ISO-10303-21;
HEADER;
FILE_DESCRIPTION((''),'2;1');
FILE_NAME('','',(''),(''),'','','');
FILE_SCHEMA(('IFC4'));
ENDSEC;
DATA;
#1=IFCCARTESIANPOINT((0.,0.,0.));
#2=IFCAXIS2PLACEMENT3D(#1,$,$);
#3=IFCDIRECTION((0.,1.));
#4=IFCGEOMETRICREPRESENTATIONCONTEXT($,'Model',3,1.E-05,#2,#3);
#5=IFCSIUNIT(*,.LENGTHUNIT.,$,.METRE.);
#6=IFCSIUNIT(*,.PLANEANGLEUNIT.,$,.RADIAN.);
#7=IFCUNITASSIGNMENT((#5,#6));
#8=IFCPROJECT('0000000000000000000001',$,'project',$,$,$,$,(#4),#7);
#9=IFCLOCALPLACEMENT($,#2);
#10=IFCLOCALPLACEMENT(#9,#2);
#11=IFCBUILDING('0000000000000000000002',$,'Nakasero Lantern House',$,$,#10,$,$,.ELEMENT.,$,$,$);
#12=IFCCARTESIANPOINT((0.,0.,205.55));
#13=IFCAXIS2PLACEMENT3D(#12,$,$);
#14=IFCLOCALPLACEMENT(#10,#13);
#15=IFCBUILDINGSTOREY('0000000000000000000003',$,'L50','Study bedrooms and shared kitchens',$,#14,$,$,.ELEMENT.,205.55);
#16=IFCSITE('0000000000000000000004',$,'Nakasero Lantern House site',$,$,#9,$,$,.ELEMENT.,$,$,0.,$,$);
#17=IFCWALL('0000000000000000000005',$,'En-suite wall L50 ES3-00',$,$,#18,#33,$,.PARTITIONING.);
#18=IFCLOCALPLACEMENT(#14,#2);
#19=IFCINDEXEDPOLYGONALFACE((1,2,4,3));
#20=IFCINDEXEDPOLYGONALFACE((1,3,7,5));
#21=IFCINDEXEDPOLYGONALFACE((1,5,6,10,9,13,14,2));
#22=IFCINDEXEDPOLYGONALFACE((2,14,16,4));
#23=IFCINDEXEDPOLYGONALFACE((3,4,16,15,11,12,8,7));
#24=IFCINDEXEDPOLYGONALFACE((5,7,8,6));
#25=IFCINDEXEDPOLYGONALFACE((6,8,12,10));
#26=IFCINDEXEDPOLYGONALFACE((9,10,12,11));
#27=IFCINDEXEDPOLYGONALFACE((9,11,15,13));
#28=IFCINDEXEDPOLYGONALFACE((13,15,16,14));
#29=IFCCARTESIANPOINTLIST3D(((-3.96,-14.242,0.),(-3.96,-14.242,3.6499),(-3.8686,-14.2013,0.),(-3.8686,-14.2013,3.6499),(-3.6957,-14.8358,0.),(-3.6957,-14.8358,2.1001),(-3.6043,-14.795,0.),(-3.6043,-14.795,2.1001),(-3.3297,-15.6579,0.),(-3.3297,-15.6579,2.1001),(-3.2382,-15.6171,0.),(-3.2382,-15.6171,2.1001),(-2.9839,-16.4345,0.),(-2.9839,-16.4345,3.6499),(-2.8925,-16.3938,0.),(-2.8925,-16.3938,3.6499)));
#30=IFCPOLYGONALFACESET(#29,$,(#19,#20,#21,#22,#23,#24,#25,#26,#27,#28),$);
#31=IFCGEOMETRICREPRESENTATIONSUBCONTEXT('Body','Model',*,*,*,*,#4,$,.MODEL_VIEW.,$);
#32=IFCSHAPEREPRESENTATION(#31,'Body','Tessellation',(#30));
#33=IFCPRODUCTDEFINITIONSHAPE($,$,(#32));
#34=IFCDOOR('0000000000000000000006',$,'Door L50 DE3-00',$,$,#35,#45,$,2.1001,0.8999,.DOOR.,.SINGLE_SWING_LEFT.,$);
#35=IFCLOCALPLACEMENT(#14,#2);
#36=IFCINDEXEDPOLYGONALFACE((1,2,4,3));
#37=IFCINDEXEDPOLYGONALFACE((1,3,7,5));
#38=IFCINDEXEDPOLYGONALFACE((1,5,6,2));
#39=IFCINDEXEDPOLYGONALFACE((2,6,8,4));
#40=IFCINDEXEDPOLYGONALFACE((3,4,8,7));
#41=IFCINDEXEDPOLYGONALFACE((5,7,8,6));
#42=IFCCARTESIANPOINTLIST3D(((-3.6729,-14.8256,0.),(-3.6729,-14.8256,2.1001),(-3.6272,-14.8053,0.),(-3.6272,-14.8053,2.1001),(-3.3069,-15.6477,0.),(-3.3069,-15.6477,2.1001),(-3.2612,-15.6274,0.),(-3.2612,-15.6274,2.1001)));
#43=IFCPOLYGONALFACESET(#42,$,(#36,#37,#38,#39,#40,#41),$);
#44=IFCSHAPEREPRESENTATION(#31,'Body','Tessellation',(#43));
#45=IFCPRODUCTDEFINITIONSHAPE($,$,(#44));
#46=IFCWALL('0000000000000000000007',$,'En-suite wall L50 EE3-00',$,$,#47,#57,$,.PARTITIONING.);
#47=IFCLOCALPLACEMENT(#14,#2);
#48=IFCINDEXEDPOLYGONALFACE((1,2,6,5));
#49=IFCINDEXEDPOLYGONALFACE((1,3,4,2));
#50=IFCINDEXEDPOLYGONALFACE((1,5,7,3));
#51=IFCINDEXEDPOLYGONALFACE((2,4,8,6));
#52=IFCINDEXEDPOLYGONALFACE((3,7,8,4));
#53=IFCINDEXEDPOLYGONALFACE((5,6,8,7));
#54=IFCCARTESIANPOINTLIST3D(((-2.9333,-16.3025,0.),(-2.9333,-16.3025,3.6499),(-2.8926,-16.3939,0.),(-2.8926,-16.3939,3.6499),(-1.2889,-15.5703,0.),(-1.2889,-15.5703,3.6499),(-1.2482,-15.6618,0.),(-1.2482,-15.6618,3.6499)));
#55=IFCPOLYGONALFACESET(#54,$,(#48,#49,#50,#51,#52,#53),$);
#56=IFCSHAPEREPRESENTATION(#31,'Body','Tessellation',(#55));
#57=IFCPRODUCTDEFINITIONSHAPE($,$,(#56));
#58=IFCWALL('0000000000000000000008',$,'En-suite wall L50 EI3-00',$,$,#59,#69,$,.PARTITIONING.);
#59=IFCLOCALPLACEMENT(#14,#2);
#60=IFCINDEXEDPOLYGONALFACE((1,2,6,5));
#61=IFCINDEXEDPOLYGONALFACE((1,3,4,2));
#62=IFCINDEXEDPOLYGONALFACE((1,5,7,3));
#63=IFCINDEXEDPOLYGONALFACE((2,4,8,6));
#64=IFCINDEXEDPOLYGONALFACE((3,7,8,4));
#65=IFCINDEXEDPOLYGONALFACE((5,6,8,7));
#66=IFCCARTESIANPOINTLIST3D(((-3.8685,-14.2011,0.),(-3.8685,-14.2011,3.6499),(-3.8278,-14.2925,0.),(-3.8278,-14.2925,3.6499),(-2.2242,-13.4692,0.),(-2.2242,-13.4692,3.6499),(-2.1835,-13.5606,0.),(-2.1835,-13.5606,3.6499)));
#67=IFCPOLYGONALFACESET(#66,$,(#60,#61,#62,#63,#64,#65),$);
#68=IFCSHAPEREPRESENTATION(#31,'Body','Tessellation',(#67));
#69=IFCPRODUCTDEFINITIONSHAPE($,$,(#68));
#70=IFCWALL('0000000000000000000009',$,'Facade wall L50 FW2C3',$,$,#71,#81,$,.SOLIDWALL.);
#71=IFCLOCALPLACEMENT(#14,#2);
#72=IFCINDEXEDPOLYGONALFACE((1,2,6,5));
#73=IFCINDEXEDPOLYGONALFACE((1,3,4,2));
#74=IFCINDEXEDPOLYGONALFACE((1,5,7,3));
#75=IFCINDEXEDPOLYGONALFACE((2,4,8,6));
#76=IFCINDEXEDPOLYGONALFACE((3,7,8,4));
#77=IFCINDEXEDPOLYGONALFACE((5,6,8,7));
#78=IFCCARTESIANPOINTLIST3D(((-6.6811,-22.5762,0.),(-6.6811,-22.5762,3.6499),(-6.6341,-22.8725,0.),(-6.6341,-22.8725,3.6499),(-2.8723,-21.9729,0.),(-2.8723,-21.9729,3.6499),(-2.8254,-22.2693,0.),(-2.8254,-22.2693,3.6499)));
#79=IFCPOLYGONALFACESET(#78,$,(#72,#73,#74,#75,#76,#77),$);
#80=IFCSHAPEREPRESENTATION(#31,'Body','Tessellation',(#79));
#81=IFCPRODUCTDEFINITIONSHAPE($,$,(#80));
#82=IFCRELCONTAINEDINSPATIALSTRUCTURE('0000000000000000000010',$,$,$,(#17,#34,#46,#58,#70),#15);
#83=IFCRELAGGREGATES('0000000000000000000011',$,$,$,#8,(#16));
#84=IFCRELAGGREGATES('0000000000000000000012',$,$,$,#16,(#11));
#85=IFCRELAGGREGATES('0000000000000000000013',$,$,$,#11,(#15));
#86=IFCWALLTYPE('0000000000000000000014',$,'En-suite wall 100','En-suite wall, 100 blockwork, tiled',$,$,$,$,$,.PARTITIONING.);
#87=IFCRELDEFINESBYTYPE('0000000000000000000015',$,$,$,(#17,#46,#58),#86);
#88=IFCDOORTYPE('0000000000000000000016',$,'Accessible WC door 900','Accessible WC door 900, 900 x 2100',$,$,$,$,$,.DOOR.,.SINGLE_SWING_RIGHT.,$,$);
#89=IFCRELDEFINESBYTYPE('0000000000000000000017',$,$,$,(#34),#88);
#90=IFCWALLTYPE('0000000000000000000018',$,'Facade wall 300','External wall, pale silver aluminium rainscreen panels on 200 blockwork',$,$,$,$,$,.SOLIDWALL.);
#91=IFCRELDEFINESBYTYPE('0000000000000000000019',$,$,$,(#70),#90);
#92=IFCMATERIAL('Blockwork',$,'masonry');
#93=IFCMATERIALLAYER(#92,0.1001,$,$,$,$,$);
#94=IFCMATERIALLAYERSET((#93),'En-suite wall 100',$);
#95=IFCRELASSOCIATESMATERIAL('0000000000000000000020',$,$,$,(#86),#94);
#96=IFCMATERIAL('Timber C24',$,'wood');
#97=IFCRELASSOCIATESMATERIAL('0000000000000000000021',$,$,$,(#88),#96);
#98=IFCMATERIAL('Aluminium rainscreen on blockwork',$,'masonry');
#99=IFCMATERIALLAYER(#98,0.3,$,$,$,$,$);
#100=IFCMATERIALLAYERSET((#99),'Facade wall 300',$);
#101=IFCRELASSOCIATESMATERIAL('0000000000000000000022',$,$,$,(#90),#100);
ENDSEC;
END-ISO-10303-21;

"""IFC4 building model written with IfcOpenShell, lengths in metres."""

from ifc_helpers import new_model, si_unit, direction, frame, frame_2d, origin, place, context, subcontext, project, spatial, rectangle, extrude, material, layer, layer_set, type_object, element, fill, save


model = new_model("IFC4")

# Units and contexts
model_context = context("Model", 3, precision=1e-05, world=origin(), true_north=direction((0.0, 1.0)))
body_context = subcontext(model_context, "Body", "Model", "MODEL_VIEW")
ifc_project = project(units=[si_unit("LENGTHUNIT", "METRE"), si_unit("PLANEANGLEUNIT", "RADIAN")], contexts=[model_context])

# Site, building, storey
site_placement = place(None, origin())
site = spatial("IfcSite", under=ifc_project, at=site_placement, Name="Nakasero Lantern House site", CompositionType="ELEMENT", RefElevation=0.0)
building_placement = place(site_placement, origin())
building = spatial("IfcBuilding", under=site, at=building_placement, Name="Nakasero Lantern House", CompositionType="ELEMENT")
storey_placement = place(building_placement, frame((0.0, 0.0, 205.55)))
storey = spatial("IfcBuildingStorey", under=building, at=storey_placement, Name="L50", Description="Study bedrooms and shared kitchens", CompositionType="ELEMENT", Elevation=205.55)

# Wall, opening, door
ifc_material_1 = material(Name="Blockwork", Category="masonry")
ifc_layer_1 = layer(ifc_material_1, 0.1001)
ifc_layer_set_1 = layer_set([ifc_layer_1], Name="En-suite wall 100")
wall_type_1 = type_object("IfcWallType", Name="En-suite wall 100", Description="En-suite wall, 100 blockwork, tiled", PredefinedType="PARTITIONING", material=ifc_layer_set_1)
wall_1_placement = place(storey_placement, frame((-3.9143, -14.2217, 0.0), z_axis=(0.0, 0.0, 1.0), x_axis=(0.406724, -0.913551, 0.0)))
wall_1 = element("IfcWall", 1, at=wall_1_placement, inside=storey, type_object=wall_type_1, Name="En-suite wall L50 ES3-00", PredefinedType="PARTITIONING", context=body_context, shape_type="SweptSolid", body=[
    extrude(rectangle(XDim=2.3999, YDim=0.1001, at=frame_2d((1.2, 0.0))), origin(), (0.0, 0.0, 1.0), 3.6499),
])
opening_1_placement = place(wall_1_placement, frame((0.6499, 0.0, 0.0)))
opening_1 = element("IfcOpeningElement", 2, at=opening_1_placement, cuts=wall_1, PredefinedType="OPENING", context=body_context, shape_type="SweptSolid", body=[
    extrude(rectangle(XDim=0.8999, YDim=2.1001, at=frame_2d((0.45, 1.05))), frame((0.0, 0.0701, 0.0), z_axis=(0.0, -1.0, 0.0), x_axis=(1.0, 0.0, 0.0)), (0.0, 0.0, 1.0), 0.1401),
])
ifc_material_2 = material(Name="Timber C24", Category="wood")
door_type_1 = type_object("IfcDoorType", Name="Accessible WC door 900", Description="Accessible WC door 900, 900 x 2100", OperationType="SINGLE_SWING_RIGHT", PredefinedType="DOOR", material=ifc_material_2)
door_1_placement = place(opening_1_placement, origin())
door_1 = element("IfcDoor", 3, at=door_1_placement, inside=storey, type_object=door_type_1, Name="Door L50 DE3-00", OperationType="SINGLE_SWING_LEFT", OverallHeight=2.1001, OverallWidth=0.8999, PredefinedType="DOOR", context=body_context, shape_type="SweptSolid", body=[
    extrude(rectangle(XDim=0.8999, YDim=2.1001, at=frame_2d((0.45, 1.05))), frame((0.0, 0.0249, 0.0), z_axis=(0.0, -1.0, 0.0), x_axis=(1.0, 0.0, 0.0)), (0.0, 0.0, 1.0), 0.05),
])
fill(opening_1, door_1)

# Walls
wall_2_placement = place(storey_placement, frame((-2.9128, -16.3481, 0.0), z_axis=(0.0, 0.0, 1.0), x_axis=(0.913549, 0.40673, 0.0)))
element("IfcWall", 4, at=wall_2_placement, inside=storey, type_object=wall_type_1, Name="En-suite wall L50 EE3-00", PredefinedType="PARTITIONING", context=body_context, shape_type="SweptSolid", body=[
    extrude(rectangle(XDim=1.8, YDim=0.1001, at=frame_2d((0.8999, 0.0))), origin(), (0.0, 0.0, 1.0), 3.6499),
])
wall_3_placement = place(storey_placement, frame((-3.8481, -14.2468, 0.0), z_axis=(0.0, 0.0, 1.0), x_axis=(0.913576, 0.406667, 0.0)))
element("IfcWall", 5, at=wall_3_placement, inside=storey, type_object=wall_type_1, Name="En-suite wall L50 EI3-00", PredefinedType="PARTITIONING", context=body_context, shape_type="SweptSolid", body=[
    extrude(rectangle(XDim=1.7998, YDim=0.1001, at=frame_2d((0.8999, 0.0))), origin(), (0.0, 0.0, 1.0), 3.6499),
])
ifc_material_3 = material(Name="Aluminium rainscreen on blockwork", Category="masonry")
ifc_layer_2 = layer(ifc_material_3, 0.3)
ifc_layer_set_2 = layer_set([ifc_layer_2], Name="Facade wall 300")
wall_type_2 = type_object("IfcWallType", Name="Facade wall 300", Description="External wall, pale silver aluminium rainscreen panels on 200 blockwork", PredefinedType="SOLIDWALL", material=ifc_layer_set_2)
wall_4_placement = place(storey_placement, frame((-6.6577, -22.7244, 0.0), z_axis=(0.0, 0.0, 1.0), x_axis=(0.987688, 0.156437, 0.0)))
element("IfcWall", 6, at=wall_4_placement, inside=storey, type_object=wall_type_2, Name="Facade wall L50 FW2C3", PredefinedType="SOLIDWALL", context=body_context, shape_type="SweptSolid", body=[
    extrude(rectangle(XDim=3.8562, YDim=0.3, at=frame_2d((1.9282, 0.0))), origin(), (0.0, 0.0, 1.0), 3.6499),
])

save(model, "model.ifc")
